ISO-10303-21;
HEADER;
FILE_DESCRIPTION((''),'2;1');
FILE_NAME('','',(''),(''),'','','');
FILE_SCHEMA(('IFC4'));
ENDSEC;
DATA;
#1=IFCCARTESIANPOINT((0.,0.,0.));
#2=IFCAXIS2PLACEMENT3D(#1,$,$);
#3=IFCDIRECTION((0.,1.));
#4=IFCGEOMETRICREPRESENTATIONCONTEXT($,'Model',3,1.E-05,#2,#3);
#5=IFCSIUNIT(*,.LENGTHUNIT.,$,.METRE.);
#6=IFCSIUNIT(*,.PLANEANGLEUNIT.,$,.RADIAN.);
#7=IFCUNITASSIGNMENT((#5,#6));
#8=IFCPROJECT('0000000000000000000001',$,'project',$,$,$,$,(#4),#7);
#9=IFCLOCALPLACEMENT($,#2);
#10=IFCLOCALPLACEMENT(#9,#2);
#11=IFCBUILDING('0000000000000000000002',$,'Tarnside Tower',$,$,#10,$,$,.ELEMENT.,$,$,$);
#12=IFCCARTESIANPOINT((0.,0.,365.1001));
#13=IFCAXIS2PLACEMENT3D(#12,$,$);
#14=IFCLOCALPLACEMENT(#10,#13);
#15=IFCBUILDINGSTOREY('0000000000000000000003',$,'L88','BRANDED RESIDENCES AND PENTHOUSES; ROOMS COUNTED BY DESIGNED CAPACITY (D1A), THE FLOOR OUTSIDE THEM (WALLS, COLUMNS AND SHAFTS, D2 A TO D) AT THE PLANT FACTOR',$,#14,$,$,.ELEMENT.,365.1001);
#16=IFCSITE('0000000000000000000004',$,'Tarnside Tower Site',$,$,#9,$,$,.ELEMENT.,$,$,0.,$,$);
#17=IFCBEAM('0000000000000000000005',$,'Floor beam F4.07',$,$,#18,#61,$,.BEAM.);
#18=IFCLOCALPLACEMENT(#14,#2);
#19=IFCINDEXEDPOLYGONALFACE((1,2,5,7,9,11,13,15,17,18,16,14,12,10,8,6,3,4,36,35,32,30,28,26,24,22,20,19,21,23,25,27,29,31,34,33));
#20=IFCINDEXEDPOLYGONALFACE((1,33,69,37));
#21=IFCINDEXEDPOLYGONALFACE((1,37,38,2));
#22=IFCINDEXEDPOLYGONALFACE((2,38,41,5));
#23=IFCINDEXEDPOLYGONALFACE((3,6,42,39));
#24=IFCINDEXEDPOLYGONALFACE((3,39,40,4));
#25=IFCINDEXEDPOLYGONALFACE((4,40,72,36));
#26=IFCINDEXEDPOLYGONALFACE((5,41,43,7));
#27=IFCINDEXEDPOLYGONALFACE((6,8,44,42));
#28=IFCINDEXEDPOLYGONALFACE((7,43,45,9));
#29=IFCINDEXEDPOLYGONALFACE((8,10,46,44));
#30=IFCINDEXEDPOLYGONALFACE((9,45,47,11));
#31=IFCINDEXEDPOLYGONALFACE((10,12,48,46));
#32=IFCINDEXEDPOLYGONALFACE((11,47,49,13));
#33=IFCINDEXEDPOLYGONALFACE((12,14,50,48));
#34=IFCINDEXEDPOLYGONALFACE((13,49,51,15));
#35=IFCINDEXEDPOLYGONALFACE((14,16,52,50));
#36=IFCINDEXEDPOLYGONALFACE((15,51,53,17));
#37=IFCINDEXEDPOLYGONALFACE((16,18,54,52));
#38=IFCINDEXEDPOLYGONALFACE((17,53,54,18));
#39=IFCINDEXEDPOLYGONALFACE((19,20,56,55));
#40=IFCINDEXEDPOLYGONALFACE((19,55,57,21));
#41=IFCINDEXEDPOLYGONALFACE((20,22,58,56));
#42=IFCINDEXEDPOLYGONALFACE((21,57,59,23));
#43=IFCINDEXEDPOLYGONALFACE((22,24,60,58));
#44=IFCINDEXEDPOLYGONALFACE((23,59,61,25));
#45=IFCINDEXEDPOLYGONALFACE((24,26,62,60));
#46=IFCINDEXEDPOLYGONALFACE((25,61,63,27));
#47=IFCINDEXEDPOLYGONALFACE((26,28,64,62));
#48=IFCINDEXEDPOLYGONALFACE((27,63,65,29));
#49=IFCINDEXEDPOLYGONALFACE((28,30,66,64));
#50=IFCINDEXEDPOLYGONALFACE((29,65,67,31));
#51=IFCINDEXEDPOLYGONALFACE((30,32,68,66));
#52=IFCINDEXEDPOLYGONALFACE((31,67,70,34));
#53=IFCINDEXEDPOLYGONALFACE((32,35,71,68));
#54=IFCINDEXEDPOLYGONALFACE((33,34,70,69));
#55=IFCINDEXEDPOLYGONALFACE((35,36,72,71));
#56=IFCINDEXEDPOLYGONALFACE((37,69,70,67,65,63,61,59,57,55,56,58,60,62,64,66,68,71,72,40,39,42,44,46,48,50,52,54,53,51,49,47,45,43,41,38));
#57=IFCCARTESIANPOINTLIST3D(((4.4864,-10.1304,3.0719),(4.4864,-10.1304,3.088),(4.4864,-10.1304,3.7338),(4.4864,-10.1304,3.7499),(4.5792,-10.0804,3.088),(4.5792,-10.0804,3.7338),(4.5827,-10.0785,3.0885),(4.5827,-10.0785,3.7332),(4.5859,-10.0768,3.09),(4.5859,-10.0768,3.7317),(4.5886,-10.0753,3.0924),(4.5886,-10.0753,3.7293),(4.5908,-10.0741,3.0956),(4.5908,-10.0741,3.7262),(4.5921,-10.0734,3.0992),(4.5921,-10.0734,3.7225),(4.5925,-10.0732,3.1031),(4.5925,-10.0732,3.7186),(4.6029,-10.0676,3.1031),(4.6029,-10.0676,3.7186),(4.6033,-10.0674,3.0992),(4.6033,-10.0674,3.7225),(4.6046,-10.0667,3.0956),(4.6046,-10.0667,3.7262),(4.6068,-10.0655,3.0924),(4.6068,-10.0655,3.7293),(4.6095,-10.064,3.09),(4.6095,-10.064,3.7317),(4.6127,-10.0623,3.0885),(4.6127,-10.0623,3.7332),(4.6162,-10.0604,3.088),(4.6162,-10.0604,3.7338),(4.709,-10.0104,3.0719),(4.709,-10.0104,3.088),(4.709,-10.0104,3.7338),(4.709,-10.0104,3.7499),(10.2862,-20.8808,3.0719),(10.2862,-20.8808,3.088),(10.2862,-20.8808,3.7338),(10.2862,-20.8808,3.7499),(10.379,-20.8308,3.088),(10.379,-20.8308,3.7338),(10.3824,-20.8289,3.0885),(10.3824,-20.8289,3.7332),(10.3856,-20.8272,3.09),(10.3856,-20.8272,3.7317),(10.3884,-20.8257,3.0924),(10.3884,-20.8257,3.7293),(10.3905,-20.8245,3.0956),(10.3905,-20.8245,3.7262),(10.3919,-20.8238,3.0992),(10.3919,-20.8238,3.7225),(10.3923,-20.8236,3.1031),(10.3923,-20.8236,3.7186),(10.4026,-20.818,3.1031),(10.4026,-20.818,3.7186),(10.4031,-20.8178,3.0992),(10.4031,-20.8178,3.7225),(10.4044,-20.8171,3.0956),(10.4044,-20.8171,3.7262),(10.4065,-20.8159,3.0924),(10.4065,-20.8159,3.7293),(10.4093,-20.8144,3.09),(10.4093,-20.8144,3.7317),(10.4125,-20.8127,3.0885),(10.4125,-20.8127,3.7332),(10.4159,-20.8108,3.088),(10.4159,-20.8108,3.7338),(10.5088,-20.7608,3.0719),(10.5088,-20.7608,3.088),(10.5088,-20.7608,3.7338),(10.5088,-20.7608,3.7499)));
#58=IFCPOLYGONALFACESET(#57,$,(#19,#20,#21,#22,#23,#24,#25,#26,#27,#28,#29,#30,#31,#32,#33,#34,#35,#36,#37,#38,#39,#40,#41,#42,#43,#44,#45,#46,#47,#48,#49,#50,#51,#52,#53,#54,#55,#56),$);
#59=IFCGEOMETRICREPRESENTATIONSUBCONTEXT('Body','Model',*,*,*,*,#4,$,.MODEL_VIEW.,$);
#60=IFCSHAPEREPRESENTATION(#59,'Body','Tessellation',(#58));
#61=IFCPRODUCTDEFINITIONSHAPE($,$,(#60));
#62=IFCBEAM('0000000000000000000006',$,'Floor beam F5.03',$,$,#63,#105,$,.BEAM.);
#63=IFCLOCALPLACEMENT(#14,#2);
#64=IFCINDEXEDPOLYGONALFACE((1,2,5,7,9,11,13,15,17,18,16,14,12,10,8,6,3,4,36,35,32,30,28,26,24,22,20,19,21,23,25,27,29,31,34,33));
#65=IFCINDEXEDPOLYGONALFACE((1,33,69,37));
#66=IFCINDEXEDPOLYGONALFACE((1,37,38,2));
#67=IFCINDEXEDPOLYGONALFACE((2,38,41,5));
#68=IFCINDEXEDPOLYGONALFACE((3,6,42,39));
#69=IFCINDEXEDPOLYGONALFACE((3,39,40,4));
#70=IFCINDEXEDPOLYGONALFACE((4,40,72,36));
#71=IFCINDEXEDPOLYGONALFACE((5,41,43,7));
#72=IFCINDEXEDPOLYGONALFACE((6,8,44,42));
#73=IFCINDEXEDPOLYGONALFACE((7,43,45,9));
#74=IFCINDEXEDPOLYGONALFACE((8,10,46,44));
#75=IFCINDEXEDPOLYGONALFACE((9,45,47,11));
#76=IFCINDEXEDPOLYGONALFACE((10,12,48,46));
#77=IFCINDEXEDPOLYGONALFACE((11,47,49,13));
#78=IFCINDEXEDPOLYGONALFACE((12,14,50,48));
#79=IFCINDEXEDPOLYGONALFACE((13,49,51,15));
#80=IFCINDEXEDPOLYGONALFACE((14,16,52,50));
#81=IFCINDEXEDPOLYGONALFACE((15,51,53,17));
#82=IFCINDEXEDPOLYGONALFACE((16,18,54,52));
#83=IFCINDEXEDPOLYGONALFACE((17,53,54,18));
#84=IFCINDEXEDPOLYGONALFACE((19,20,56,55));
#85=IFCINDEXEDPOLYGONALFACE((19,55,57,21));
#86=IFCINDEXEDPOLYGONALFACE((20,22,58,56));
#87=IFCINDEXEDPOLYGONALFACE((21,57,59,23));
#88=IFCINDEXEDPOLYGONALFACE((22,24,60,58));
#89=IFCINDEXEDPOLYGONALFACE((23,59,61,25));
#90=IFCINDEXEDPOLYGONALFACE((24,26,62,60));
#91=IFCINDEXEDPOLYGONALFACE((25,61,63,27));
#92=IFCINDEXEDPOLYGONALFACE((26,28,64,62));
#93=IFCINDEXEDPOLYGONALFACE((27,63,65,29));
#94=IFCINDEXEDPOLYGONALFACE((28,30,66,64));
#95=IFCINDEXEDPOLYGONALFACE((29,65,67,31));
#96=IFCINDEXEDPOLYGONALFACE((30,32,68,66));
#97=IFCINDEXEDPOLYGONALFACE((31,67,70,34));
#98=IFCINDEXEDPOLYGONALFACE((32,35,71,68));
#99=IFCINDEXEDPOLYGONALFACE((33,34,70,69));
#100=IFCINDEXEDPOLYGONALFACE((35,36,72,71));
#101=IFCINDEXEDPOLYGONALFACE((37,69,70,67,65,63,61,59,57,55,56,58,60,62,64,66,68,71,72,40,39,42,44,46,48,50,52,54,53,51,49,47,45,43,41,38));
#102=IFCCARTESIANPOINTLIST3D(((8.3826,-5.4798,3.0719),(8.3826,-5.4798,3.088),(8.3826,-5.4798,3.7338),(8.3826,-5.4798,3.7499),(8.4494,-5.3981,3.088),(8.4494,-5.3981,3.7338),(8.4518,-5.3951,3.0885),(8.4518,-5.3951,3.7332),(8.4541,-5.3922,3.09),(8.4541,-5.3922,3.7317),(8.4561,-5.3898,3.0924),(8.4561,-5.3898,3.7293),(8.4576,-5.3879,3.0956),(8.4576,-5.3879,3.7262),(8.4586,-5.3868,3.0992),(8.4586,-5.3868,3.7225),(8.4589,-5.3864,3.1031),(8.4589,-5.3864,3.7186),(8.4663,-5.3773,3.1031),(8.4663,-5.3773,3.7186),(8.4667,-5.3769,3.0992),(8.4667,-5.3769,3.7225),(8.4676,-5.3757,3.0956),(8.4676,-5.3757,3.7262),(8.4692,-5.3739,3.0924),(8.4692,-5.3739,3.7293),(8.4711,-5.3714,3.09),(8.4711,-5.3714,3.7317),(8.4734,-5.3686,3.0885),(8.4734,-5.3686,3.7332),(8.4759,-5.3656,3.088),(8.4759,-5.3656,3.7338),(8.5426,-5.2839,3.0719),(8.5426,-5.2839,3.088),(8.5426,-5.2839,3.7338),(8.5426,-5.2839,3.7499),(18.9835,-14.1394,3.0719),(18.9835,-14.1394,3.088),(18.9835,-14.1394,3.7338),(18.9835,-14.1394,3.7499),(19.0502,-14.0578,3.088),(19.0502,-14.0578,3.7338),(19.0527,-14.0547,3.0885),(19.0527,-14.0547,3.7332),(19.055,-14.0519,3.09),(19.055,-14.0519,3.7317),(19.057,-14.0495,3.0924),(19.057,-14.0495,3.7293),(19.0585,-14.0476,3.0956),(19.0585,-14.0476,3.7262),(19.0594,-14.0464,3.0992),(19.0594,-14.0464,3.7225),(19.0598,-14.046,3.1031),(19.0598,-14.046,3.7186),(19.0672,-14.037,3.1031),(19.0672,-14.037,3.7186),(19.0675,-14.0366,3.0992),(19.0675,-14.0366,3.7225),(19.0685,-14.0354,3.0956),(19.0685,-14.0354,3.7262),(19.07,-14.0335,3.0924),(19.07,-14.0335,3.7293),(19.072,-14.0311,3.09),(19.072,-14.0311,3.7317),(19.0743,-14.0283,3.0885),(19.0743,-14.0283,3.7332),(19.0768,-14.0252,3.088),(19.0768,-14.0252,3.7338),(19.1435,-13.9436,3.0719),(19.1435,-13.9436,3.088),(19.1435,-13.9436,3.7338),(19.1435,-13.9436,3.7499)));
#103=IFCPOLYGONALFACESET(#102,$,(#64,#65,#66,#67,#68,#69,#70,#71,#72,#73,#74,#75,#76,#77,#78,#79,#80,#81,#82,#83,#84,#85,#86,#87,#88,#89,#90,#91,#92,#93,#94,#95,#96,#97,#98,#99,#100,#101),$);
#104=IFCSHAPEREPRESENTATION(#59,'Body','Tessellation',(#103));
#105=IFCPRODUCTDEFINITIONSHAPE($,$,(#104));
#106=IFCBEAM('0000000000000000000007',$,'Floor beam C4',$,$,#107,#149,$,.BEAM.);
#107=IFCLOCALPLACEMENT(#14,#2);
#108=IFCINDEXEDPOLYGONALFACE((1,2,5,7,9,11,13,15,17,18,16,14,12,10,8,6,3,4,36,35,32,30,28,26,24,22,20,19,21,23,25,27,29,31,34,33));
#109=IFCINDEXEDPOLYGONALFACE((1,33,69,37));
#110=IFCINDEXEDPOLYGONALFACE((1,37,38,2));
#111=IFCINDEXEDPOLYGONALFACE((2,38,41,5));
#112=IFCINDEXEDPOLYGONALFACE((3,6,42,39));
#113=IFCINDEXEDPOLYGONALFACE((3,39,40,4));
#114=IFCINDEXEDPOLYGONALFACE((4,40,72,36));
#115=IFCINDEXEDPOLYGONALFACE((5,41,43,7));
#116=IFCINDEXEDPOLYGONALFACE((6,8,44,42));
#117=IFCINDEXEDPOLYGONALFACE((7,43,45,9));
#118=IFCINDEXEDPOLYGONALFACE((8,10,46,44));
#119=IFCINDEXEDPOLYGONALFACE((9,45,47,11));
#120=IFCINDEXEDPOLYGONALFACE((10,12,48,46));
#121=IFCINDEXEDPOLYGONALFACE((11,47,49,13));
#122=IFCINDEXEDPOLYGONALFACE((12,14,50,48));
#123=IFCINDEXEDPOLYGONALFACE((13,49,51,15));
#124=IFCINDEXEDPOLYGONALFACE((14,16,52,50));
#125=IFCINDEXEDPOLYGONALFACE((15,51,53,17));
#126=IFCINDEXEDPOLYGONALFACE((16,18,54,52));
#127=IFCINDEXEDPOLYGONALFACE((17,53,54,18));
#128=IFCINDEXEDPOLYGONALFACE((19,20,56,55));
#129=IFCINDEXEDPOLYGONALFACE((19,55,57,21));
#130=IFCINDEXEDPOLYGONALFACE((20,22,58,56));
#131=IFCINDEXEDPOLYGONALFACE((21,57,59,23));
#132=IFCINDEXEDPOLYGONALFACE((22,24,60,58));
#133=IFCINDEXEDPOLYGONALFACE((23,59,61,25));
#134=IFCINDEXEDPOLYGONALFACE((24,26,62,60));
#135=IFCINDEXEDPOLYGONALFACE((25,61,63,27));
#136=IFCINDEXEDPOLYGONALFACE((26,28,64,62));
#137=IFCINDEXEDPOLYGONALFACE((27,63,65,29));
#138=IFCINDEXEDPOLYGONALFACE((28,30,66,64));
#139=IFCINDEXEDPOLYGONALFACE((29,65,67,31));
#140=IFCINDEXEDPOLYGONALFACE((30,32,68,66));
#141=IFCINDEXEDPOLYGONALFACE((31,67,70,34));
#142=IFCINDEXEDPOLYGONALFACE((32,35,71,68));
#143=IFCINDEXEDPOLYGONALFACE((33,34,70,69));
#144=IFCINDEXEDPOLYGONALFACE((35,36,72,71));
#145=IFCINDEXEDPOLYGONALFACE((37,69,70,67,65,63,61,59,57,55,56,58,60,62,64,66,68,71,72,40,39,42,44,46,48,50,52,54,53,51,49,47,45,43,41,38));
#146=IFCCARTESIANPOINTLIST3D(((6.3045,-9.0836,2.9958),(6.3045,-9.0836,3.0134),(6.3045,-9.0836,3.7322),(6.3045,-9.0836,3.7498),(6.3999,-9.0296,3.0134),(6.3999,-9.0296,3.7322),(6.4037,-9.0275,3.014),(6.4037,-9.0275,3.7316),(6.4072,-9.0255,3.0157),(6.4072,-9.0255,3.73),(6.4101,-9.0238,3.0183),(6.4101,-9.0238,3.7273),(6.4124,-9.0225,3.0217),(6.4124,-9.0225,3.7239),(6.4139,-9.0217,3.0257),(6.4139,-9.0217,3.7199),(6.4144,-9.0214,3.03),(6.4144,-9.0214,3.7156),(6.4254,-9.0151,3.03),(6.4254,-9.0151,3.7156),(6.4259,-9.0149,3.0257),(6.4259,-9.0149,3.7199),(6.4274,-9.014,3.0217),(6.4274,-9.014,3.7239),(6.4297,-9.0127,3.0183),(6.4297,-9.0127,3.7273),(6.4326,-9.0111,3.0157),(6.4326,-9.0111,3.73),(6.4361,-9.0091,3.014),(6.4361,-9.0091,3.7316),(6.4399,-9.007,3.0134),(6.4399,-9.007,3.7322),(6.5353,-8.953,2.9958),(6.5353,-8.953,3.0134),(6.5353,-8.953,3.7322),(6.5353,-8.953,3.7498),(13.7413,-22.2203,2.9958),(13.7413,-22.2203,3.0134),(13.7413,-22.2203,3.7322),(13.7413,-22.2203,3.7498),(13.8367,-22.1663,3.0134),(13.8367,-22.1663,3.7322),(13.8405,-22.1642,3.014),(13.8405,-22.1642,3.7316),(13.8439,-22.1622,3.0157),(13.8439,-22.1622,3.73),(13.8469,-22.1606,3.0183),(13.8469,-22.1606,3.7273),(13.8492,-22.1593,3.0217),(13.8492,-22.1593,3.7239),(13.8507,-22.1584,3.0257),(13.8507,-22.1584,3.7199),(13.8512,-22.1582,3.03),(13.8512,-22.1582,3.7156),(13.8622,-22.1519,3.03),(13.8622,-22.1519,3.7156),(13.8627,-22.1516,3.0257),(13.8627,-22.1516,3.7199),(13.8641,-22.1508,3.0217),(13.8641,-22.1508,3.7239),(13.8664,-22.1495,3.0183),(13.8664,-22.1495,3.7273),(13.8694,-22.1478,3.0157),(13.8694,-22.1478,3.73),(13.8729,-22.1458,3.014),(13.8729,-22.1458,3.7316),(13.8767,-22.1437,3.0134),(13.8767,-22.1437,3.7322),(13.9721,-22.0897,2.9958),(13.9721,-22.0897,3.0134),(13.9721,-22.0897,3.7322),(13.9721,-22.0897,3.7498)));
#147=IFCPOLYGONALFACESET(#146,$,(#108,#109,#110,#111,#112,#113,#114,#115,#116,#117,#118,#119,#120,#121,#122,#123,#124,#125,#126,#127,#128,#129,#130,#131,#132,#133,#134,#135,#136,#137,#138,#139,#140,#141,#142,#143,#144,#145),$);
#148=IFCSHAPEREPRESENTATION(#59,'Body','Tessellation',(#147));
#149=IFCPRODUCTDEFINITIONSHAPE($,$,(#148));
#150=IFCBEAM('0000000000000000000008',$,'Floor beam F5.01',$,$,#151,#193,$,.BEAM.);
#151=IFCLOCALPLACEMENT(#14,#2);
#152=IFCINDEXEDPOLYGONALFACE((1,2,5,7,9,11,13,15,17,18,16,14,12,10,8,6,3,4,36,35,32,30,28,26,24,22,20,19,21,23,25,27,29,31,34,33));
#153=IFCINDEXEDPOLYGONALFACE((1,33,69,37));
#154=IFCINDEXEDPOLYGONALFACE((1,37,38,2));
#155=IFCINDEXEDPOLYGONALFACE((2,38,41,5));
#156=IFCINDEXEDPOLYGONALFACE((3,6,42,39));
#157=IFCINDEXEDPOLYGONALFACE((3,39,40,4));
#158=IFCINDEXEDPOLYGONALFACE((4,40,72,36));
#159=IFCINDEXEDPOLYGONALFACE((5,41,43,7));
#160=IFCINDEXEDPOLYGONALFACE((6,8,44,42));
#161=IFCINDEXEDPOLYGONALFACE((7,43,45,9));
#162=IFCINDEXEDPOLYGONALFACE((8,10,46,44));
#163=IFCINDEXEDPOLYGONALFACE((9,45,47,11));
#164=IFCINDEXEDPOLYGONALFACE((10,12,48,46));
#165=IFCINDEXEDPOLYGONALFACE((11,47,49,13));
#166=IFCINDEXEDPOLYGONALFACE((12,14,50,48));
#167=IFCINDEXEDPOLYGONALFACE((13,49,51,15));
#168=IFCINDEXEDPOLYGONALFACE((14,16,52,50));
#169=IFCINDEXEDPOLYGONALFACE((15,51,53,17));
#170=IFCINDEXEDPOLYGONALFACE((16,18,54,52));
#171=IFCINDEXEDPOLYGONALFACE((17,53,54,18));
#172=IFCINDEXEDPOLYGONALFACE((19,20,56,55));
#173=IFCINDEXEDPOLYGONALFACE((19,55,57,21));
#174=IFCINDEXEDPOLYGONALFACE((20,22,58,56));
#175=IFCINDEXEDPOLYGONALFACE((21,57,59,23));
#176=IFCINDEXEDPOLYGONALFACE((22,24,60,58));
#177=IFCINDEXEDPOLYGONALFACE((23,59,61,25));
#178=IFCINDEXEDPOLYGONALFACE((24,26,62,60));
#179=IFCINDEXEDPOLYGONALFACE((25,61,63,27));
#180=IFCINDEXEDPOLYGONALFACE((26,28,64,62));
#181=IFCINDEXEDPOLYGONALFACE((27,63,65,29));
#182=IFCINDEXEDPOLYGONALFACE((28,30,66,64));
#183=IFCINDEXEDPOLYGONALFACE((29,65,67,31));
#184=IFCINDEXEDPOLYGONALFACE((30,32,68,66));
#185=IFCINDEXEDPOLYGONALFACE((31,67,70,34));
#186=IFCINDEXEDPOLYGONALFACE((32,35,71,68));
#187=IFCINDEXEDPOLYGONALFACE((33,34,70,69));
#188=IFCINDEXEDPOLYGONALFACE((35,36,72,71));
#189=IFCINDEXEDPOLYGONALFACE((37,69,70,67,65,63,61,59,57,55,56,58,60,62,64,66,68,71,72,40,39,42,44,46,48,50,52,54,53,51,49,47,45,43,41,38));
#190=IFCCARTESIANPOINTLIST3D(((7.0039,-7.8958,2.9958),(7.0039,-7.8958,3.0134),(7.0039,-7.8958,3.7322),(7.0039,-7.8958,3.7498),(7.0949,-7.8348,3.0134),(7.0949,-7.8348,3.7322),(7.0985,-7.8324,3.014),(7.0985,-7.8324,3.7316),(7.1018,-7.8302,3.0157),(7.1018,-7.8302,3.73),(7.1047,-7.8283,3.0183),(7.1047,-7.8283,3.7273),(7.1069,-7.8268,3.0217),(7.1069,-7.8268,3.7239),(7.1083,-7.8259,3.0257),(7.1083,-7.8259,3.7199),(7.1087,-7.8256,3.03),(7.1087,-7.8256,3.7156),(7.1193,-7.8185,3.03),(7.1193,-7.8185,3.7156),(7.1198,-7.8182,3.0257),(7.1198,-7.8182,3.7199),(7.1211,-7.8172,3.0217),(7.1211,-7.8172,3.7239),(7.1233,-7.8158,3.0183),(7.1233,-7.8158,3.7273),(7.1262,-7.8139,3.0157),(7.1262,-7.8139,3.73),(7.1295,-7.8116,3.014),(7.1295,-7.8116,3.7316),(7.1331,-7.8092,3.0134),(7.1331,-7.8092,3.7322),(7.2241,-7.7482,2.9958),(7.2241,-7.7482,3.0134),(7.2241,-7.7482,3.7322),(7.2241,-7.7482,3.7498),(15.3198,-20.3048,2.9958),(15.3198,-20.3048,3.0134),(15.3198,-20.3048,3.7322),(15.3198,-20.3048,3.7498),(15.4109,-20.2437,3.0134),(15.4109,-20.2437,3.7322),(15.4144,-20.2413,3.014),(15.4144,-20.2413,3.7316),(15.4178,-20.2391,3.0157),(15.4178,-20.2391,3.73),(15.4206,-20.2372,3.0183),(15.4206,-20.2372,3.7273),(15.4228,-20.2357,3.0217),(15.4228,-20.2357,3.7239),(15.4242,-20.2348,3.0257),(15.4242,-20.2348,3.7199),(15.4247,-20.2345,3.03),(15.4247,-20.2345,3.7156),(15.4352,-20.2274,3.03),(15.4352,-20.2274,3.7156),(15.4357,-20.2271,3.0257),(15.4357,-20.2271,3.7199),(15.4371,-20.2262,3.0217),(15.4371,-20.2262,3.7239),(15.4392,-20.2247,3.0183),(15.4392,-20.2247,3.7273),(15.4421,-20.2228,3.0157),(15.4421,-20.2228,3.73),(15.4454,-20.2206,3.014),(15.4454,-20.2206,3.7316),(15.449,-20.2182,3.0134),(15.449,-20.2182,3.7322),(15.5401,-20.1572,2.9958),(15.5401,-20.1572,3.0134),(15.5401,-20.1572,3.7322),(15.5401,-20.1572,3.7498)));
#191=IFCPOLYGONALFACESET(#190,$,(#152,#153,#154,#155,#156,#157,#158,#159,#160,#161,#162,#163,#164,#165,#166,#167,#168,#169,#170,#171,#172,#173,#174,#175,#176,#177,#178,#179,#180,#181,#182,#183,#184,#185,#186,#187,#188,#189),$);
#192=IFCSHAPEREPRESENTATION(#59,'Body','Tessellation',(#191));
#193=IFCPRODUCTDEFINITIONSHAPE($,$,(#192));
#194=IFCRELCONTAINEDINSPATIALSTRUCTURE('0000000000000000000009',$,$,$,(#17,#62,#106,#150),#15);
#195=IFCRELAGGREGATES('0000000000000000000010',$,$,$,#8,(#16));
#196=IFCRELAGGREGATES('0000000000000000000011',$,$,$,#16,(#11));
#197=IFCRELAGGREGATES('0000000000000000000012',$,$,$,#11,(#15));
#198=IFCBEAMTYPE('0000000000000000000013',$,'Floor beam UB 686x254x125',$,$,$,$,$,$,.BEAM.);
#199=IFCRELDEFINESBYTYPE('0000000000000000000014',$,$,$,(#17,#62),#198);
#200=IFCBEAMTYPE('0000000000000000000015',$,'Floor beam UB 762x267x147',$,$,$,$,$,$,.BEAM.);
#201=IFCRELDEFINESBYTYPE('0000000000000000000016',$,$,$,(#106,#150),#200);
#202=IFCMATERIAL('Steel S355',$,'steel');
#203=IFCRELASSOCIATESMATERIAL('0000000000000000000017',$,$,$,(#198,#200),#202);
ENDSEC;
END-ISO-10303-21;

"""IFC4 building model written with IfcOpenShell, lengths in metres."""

from ifc_helpers import new_model, si_unit, direction, frame, origin, origin_2d, place, context, subcontext, project, spatial, i_section, extrude, material, material_profile, profile_set, type_object, element, save


model = new_model("IFC4")

# Units and contexts
model_context = context("Model", 3, precision=1e-05, world=origin(), true_north=direction((0.0, 1.0)))
body_context = subcontext(model_context, "Body", "Model", "MODEL_VIEW")
ifc_project = project(units=[si_unit("LENGTHUNIT", "METRE"), si_unit("PLANEANGLEUNIT", "RADIAN")], contexts=[model_context])

# Site, building, storey
site_placement = place(None, origin())
site = spatial("IfcSite", under=ifc_project, at=site_placement, Name="Tarnside Tower Site", CompositionType="ELEMENT", RefElevation=0.0)
building_placement = place(site_placement, origin())
building = spatial("IfcBuilding", under=site, at=building_placement, Name="Tarnside Tower", CompositionType="ELEMENT")
storey_placement = place(building_placement, frame((0.0, 0.0, 365.1001)))
storey = spatial("IfcBuildingStorey", under=building, at=storey_placement, Name="L88", Description="BRANDED RESIDENCES AND PENTHOUSES; ROOMS COUNTED BY DESIGNED CAPACITY (D1A), THE FLOOR OUTSIDE THEM (WALLS, COLUMNS AND SHAFTS, D2 A TO D) AT THE PLANT FACTOR", CompositionType="ELEMENT", Elevation=365.1001)

# Beams
ifc_material_1 = material(Name="Steel S355", Category="steel")
ifc_material_profile_1 = material_profile(ifc_material_1, i_section(OverallWidth=0.2529, OverallDepth=0.678, WebThickness=0.0117, FlangeThickness=0.0161, FilletRadius=0.0151, at=origin_2d()), Name="UB 686x254x125")
ifc_profile_set_1 = profile_set([ifc_material_profile_1], Name="Steel S355")
beam_type_1 = type_object("IfcBeamType", Name="Floor beam UB 686x254x125", PredefinedType="BEAM", material=ifc_profile_set_1)
beam_1_placement = place(storey_placement, frame((10.3975, -20.8208, 3.4109), z_axis=(-0.474803, 0.880092, 0.0), x_axis=(-0.880092, -0.474803, 0.0)))
element("IfcBeam", 1, at=beam_1_placement, inside=storey, type_object=beam_type_1, Name="Floor beam F4.07", PredefinedType="BEAM", context=body_context, shape_type="SweptSolid", body=[
    extrude(i_section(OverallWidth=0.2529, OverallDepth=0.678, WebThickness=0.0117, FlangeThickness=0.0161, FilletRadius=0.0151, at=origin_2d()), origin(), (0.0, 0.0, 1.0), 12.2151),
])
beam_2_placement = place(storey_placement, frame((19.0635, -14.0415, 3.4109), z_axis=(-0.774449, 0.632636, 0.0), x_axis=(-0.632636, -0.774449, 0.0)))
element("IfcBeam", 2, at=beam_2_placement, inside=storey, type_object=beam_type_1, Name="Floor beam F5.03", PredefinedType="BEAM", context=body_context, shape_type="SweptSolid", body=[
    extrude(i_section(OverallWidth=0.2529, OverallDepth=0.678, WebThickness=0.0117, FlangeThickness=0.0161, FilletRadius=0.0151, at=origin_2d()), origin(), (0.0, 0.0, 1.0), 13.6882),
])
ifc_material_profile_2 = material_profile(ifc_material_1, i_section(OverallWidth=0.2651, OverallDepth=0.7539, WebThickness=0.0127, FlangeThickness=0.0176, FilletRadius=0.0166, at=origin_2d()), Name="UB 762x267x147")
ifc_profile_set_2 = profile_set([ifc_material_profile_2], Name="Steel S355")
beam_type_2 = type_object("IfcBeamType", Name="Floor beam UB 762x267x147", PredefinedType="BEAM", material=ifc_profile_set_2)
beam_3_placement = place(storey_placement, frame((13.8567, -22.155, 3.3728), z_axis=(-0.492643, 0.870232, 0.0), x_axis=(-0.870232, -0.492643, 0.0)))
element("IfcBeam", 3, at=beam_3_placement, inside=storey, type_object=beam_type_2, Name="Floor beam C4", PredefinedType="BEAM", context=body_context, shape_type="SweptSolid", body=[
    extrude(i_section(OverallWidth=0.2651, OverallDepth=0.7539, WebThickness=0.0127, FlangeThickness=0.0176, FilletRadius=0.0166, at=origin_2d()), origin(), (0.0, 0.0, 1.0), 15.0957),
])
beam_4_placement = place(storey_placement, frame((15.4299, -20.231, 3.3728), z_axis=(-0.556705, 0.83071, 0.0), x_axis=(-0.83071, -0.556705, 0.0)))
element("IfcBeam", 4, at=beam_4_placement, inside=storey, type_object=beam_type_2, Name="Floor beam F5.01", PredefinedType="BEAM", context=body_context, shape_type="SweptSolid", body=[
    extrude(i_section(OverallWidth=0.2651, OverallDepth=0.7539, WebThickness=0.0127, FlangeThickness=0.0176, FilletRadius=0.0166, at=origin_2d()), origin(), (0.0, 0.0, 1.0), 14.9377),
])

save(model, "model.ifc")
